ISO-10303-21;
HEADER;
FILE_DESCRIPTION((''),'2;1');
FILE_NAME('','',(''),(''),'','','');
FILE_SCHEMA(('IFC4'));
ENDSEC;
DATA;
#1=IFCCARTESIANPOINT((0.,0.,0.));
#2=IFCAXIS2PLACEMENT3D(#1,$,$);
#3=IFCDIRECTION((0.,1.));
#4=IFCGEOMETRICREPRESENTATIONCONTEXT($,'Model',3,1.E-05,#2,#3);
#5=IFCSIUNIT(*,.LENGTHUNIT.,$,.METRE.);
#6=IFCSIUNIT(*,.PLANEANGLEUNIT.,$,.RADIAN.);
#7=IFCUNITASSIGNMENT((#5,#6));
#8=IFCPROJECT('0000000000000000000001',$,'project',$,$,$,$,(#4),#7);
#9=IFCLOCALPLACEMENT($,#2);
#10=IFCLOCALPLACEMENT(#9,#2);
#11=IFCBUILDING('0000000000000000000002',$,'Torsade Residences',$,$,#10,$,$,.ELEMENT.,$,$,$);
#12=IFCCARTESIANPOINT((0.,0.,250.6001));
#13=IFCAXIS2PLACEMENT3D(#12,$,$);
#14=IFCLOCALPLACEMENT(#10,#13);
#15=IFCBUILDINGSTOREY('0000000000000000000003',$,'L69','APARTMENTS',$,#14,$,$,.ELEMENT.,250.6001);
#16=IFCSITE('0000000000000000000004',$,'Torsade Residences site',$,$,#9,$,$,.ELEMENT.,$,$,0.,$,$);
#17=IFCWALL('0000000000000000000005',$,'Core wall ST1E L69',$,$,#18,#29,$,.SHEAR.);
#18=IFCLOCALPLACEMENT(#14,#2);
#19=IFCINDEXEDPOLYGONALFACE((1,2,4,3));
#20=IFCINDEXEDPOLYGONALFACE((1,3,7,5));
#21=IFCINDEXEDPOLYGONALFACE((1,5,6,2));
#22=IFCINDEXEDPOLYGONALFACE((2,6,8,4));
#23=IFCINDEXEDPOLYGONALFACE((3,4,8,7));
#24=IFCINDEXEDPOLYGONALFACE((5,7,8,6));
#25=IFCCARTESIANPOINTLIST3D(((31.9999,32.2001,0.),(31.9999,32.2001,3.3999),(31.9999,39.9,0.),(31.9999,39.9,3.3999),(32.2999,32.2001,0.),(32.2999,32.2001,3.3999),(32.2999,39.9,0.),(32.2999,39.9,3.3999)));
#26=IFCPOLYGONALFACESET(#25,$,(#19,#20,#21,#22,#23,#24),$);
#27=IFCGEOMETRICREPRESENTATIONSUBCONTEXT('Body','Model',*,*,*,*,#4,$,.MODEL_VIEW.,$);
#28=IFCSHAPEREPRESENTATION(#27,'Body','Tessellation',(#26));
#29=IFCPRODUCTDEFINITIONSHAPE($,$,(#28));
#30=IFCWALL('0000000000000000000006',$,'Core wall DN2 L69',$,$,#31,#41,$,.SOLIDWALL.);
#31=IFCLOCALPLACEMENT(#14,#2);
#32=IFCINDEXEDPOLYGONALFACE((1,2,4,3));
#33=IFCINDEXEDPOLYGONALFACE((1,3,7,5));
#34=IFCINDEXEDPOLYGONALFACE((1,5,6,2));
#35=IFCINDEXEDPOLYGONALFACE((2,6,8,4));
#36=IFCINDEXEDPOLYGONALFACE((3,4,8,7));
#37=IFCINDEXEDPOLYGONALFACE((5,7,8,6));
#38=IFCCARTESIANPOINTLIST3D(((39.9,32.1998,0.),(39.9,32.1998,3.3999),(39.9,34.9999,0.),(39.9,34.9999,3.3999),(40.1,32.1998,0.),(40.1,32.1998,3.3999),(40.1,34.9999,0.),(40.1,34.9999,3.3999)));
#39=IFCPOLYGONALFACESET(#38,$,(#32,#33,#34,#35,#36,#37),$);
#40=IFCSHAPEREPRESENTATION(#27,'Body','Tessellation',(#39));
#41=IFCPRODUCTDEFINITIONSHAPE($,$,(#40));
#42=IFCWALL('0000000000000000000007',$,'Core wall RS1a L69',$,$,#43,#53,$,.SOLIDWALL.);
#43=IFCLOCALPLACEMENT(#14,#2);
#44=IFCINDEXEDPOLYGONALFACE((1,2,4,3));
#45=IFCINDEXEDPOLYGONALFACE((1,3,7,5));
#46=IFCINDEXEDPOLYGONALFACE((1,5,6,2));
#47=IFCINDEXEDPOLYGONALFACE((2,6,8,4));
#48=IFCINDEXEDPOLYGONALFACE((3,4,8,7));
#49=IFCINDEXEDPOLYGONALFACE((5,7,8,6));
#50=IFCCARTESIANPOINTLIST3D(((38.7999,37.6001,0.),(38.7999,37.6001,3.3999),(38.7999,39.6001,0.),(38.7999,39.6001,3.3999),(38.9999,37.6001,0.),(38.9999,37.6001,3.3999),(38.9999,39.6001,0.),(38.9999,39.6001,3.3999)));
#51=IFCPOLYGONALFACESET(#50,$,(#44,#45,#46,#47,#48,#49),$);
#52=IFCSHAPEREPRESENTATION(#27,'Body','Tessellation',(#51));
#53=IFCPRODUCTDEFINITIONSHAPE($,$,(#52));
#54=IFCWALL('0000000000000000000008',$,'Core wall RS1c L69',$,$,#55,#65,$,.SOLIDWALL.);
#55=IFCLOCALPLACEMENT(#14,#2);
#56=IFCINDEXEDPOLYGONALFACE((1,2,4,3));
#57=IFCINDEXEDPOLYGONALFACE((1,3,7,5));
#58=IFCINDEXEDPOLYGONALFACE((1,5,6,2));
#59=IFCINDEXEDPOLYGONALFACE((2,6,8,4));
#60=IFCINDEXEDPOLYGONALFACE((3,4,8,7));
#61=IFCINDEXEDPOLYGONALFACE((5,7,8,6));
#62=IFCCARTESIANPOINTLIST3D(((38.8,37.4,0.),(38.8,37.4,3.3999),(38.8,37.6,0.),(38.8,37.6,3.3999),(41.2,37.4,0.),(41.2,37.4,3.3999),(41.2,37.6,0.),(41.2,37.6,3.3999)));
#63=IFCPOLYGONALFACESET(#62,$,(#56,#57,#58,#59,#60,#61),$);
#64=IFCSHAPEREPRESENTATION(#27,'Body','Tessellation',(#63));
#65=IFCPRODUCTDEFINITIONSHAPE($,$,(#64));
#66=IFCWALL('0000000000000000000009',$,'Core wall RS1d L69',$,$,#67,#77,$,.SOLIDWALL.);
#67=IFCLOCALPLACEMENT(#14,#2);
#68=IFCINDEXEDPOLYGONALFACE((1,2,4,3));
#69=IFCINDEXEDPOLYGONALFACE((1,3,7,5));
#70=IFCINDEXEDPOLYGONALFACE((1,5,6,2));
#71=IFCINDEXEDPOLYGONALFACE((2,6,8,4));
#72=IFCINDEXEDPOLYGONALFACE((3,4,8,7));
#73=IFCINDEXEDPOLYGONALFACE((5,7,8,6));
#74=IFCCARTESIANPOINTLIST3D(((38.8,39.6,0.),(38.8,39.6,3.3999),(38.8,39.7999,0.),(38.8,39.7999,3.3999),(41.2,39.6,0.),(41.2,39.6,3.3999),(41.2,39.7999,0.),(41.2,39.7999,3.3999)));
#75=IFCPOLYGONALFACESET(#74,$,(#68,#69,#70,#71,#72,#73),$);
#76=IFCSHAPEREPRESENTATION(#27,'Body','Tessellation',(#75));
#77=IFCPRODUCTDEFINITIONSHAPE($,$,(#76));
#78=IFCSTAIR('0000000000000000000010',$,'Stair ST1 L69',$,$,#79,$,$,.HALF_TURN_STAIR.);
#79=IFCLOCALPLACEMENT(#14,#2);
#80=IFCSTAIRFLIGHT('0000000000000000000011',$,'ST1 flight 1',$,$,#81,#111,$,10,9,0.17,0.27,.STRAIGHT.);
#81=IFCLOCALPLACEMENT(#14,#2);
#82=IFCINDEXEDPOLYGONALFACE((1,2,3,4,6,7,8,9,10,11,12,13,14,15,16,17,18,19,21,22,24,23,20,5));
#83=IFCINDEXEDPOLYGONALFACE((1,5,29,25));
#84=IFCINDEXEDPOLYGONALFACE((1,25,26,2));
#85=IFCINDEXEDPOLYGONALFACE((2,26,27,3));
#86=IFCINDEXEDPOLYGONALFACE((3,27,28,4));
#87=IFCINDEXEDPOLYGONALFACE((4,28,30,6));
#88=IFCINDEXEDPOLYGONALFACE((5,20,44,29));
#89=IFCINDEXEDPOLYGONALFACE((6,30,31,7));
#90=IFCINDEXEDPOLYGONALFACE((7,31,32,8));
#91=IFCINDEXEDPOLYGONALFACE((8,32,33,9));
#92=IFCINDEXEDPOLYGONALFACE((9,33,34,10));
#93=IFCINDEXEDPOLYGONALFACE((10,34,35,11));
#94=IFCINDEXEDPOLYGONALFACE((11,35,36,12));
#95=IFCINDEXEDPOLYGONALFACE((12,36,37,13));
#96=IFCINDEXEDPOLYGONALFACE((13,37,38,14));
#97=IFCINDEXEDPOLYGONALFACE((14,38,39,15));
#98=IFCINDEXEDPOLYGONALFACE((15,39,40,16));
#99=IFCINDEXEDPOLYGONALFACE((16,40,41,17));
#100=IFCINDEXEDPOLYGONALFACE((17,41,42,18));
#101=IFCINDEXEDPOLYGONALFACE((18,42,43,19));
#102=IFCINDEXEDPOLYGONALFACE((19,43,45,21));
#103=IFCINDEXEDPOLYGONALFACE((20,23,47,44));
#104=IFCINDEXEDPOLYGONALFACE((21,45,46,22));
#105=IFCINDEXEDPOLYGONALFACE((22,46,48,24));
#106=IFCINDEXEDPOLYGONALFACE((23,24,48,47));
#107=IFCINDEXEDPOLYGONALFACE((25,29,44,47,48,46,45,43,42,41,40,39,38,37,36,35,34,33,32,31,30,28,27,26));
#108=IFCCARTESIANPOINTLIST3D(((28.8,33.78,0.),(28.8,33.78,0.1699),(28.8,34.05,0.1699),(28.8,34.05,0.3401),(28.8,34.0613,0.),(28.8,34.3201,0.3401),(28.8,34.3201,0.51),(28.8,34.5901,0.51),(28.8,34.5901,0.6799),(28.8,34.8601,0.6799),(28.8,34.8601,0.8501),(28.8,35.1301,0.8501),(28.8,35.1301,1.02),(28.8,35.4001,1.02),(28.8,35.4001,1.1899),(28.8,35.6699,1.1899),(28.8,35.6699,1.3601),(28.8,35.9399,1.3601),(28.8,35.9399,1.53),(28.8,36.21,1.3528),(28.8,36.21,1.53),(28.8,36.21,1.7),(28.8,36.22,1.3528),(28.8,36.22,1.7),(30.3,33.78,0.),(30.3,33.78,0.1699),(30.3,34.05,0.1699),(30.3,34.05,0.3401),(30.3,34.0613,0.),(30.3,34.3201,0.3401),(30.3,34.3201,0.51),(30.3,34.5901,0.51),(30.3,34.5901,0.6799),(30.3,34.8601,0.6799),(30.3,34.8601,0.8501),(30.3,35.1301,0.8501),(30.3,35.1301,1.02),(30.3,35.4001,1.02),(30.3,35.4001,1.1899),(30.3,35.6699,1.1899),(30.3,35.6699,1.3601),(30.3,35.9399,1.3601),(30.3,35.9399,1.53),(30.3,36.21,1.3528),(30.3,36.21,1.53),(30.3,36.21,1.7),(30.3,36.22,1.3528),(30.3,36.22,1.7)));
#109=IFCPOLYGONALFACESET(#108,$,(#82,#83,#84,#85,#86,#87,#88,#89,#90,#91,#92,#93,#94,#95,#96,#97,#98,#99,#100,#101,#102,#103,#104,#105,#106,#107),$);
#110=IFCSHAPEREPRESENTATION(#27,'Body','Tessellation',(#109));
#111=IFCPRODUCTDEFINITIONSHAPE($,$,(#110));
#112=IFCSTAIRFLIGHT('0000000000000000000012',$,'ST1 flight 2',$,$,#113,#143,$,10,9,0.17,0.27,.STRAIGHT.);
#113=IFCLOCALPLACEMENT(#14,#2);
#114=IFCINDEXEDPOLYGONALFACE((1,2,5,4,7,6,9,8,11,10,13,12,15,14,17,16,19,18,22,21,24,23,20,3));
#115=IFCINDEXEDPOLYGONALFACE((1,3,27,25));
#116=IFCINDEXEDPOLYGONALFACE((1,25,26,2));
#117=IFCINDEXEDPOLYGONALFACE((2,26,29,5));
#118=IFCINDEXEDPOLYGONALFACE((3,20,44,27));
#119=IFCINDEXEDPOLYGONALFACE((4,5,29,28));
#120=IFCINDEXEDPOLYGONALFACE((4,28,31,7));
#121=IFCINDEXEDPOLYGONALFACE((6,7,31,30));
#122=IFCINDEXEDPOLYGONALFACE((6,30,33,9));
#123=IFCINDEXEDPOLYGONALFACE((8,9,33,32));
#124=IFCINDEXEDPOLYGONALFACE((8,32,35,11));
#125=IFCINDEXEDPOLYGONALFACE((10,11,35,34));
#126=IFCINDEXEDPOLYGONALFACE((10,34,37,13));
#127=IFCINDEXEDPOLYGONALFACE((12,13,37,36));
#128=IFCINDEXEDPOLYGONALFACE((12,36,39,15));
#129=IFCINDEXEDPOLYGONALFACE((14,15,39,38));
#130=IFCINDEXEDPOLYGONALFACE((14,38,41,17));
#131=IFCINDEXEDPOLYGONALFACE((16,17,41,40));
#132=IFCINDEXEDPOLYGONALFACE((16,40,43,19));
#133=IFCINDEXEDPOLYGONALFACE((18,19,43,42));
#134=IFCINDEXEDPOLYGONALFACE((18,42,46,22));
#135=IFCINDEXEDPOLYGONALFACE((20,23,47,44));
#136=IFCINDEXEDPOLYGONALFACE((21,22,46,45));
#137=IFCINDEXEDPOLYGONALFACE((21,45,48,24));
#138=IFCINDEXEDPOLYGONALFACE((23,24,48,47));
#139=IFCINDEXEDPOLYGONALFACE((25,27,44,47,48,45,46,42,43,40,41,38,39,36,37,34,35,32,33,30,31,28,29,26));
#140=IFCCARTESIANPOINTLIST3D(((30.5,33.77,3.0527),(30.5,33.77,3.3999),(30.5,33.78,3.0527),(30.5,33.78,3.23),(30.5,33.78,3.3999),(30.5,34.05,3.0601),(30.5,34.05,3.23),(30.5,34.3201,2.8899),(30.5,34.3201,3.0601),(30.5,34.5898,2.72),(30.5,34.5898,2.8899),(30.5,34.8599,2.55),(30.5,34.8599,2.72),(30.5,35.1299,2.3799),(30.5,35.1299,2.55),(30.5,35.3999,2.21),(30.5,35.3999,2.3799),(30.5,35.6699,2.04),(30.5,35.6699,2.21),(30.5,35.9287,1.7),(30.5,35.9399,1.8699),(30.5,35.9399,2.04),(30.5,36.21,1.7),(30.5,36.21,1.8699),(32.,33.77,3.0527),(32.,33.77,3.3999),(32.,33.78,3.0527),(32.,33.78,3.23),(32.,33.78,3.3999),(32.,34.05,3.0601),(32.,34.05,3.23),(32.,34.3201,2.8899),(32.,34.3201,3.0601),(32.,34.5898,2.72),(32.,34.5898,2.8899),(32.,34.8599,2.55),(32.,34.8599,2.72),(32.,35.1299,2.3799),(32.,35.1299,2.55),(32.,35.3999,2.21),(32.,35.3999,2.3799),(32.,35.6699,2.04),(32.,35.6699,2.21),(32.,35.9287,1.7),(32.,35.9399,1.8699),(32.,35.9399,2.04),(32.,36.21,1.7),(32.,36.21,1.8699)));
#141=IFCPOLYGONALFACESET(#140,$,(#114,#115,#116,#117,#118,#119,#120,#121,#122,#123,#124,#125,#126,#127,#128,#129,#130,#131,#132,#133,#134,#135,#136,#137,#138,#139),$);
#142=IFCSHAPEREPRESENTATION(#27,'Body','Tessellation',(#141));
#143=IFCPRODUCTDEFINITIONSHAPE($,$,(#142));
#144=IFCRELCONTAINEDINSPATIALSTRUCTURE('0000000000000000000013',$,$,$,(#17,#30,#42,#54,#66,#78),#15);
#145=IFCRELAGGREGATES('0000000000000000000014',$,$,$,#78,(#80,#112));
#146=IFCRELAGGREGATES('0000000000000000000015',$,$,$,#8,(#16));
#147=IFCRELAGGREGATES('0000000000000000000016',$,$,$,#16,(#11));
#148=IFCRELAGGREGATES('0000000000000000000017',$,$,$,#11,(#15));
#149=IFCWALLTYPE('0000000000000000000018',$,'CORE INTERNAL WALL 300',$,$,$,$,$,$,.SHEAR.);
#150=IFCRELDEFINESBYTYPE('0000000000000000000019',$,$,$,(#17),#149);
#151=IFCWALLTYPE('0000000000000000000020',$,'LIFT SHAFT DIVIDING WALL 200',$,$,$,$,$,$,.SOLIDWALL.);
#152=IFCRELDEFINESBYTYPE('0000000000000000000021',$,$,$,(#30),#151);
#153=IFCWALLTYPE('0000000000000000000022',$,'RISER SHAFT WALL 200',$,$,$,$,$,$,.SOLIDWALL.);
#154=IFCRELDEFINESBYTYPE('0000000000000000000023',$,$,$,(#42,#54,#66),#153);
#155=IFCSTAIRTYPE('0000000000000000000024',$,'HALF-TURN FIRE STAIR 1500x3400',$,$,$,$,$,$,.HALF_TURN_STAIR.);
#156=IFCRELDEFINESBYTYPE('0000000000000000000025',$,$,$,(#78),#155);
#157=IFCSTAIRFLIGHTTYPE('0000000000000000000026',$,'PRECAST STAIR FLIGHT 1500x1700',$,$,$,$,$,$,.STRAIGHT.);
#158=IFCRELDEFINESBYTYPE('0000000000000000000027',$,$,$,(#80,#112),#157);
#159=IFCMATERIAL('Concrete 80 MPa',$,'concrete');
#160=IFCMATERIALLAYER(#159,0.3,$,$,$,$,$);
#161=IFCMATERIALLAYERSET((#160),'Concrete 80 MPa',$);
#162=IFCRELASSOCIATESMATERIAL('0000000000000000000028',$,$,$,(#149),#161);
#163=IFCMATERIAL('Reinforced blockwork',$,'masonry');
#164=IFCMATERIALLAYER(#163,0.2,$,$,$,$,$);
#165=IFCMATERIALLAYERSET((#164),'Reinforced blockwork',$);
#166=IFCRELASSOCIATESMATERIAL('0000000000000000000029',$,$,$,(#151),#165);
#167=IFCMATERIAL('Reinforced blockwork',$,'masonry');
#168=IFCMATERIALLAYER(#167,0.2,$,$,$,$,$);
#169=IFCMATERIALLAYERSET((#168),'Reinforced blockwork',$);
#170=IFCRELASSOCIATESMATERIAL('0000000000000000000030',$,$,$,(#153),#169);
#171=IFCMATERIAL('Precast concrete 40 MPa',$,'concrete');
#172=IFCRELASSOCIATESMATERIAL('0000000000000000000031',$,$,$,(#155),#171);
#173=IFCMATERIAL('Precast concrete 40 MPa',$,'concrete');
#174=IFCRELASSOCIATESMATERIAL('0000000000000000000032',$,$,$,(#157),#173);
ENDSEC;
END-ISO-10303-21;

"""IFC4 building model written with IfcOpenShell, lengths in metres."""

from ifc_helpers import new_model, si_unit, direction, frame, frame_2d, origin, place, context, subcontext, project, spatial, polyline, rectangle, outline, extrude, material, layer, layer_set, type_object, element, aggregate, save


model = new_model("IFC4")

# Units and contexts
model_context = context("Model", 3, precision=1e-05, world=origin(), true_north=direction((0.0, 1.0)))
body_context = subcontext(model_context, "Body", "Model", "MODEL_VIEW")
ifc_project = project(units=[si_unit("LENGTHUNIT", "METRE"), si_unit("PLANEANGLEUNIT", "RADIAN")], contexts=[model_context])

# Site, building, storey
site_placement = place(None, origin())
site = spatial("IfcSite", under=ifc_project, at=site_placement, Name="Torsade Residences site", CompositionType="ELEMENT", RefElevation=0.0)
building_placement = place(site_placement, origin())
building = spatial("IfcBuilding", under=site, at=building_placement, Name="Torsade Residences", CompositionType="ELEMENT")
storey_placement = place(building_placement, frame((0.0, 0.0, 250.6001)))
storey = spatial("IfcBuildingStorey", under=building, at=storey_placement, Name="L69", Description="APARTMENTS", CompositionType="ELEMENT", Elevation=250.6001)

# Shared definitions
ifc_material_1 = material(Name="Concrete 80 MPa", Category="concrete")
ifc_layer_1 = layer(ifc_material_1, 0.3)
ifc_layer_set_1 = layer_set([ifc_layer_1], Name="Concrete 80 MPa")
wall_type_1 = type_object("IfcWallType", Name="CORE INTERNAL WALL 300", PredefinedType="SHEAR", material=ifc_layer_set_1)

# Walls
wall_1_placement = place(storey_placement, frame((32.1499, 32.2, 0.0), z_axis=(0.0, 0.0, 1.0), x_axis=(0.0, 1.0, 0.0)))
element("IfcWall", 1, at=wall_1_placement, inside=storey, type_object=wall_type_1, Name="Core wall ST1E L69", PredefinedType="SHEAR", context=body_context, shape_type="SweptSolid", body=[
    extrude(rectangle(XDim=7.7, YDim=0.3, at=frame_2d((3.8501, 0.0))), origin(), (0.0, 0.0, 1.0), 3.3999),
])
ifc_material_2 = material(Name="Reinforced blockwork", Category="masonry")
ifc_layer_2 = layer(ifc_material_2, 0.2)
ifc_layer_set_2 = layer_set([ifc_layer_2], Name="Reinforced blockwork")
wall_type_2 = type_object("IfcWallType", Name="LIFT SHAFT DIVIDING WALL 200", PredefinedType="SOLIDWALL", material=ifc_layer_set_2)
wall_2_placement = place(storey_placement, frame((40.0, 32.2, 0.0), z_axis=(0.0, 0.0, 1.0), x_axis=(0.0, 1.0, 0.0)))
element("IfcWall", 2, at=wall_2_placement, inside=storey, type_object=wall_type_2, Name="Core wall DN2 L69", PredefinedType="SOLIDWALL", context=body_context, shape_type="SweptSolid", body=[
    extrude(rectangle(XDim=2.8, YDim=0.2, at=frame_2d((1.3999, 0.0))), origin(), (0.0, 0.0, 1.0), 3.3999),
])
ifc_material_3 = material(Name="Reinforced blockwork", Category="masonry")
ifc_layer_3 = layer(ifc_material_3, 0.2)
ifc_layer_set_3 = layer_set([ifc_layer_3], Name="Reinforced blockwork")
wall_type_3 = type_object("IfcWallType", Name="RISER SHAFT WALL 200", PredefinedType="SOLIDWALL", material=ifc_layer_set_3)
wall_3_placement = place(storey_placement, frame((38.8999, 37.6001, 0.0), z_axis=(0.0, 0.0, 1.0), x_axis=(0.0, 1.0, 0.0)))
element("IfcWall", 3, at=wall_3_placement, inside=storey, type_object=wall_type_3, Name="Core wall RS1a L69", PredefinedType="SOLIDWALL", context=body_context, shape_type="SweptSolid", body=[
    extrude(rectangle(XDim=2.0, YDim=0.2, at=frame_2d((1.0, 0.0))), origin(), (0.0, 0.0, 1.0), 3.3999),
])
for number, where, z_axis, x_axis, name in (
    (4, (38.8, 37.5, 0.0), (0.0, 0.0, 1.0), (1.0, 0.0, 0.0), "Core wall RS1c L69"),
    (5, (38.8, 39.7, 0.0), (0.0, 0.0, 1.0), (1.0, 0.0, 0.0), "Core wall RS1d L69"),
):
    element("IfcWall", number, at=place(storey_placement, frame(where, z_axis=z_axis, x_axis=x_axis)), inside=storey, type_object=wall_type_3, Name=name, PredefinedType="SOLIDWALL", context=body_context, shape_type="SweptSolid", body=[
        extrude(rectangle(XDim=2.3999, YDim=0.2, at=frame_2d((1.2, 0.0))), origin(), (0.0, 0.0, 1.0), 3.3999),
    ])

# Stair, stair flights
ifc_material_4 = material(Name="Precast concrete 40 MPa", Category="concrete")
stair_type = type_object("IfcStairType", Name="HALF-TURN FIRE STAIR 1500x3400", PredefinedType="HALF_TURN_STAIR", material=ifc_material_4)
stair_placement = place(storey_placement, origin())
stair = element("IfcStair", 6, at=stair_placement, inside=storey, type_object=stair_type, Name="Stair ST1 L69", PredefinedType="HALF_TURN_STAIR")
ifc_material_5 = material(Name="Precast concrete 40 MPa", Category="concrete")
stair_flight_type = type_object("IfcStairFlightType", Name="PRECAST STAIR FLIGHT 1500x1700", PredefinedType="STRAIGHT", material=ifc_material_5)
stair_flight_1_placement = place(storey_placement, frame((29.55, 33.78, 0.0), z_axis=(0.0, 0.0, 1.0), x_axis=(0.0, 1.0, 0.0)))
stair_flight_1 = element("IfcStairFlight", 7, at=stair_flight_1_placement, type_object=stair_flight_type, Name="ST1 flight 1", NumberOfRisers=10, NumberOfTreads=9, PredefinedType="STRAIGHT", RiserHeight=0.17, TreadLength=0.27, context=body_context, shape_type="SweptSolid", body=[
    extrude(outline(polyline([(0.0, 0.0), (0.0, 0.1699), (0.27, 0.1699), (0.27, 0.3401), (0.54, 0.3401), (0.54, 0.51), (0.8101, 0.51), (0.8101, 0.6799), (1.0801, 0.6799), (1.0801, 0.8501), (1.3501, 0.8501), (1.3501, 1.02), (1.6201, 1.02), (1.6201, 1.1899), (1.8899, 1.1899), (1.8899, 1.3601), (2.1599, 1.3601), (2.1599, 1.53), (2.4299, 1.53), (2.4299, 1.7), (2.4399, 1.7), (2.4399, 1.3528), (2.4299, 1.3528), (0.2812, 0.0), (0.0, 0.0)])), frame((0.0, 0.75, 0.0), z_axis=(0.0, -1.0, 0.0), x_axis=(1.0, 0.0, 0.0)), (0.0, 0.0, 1.0), 1.5),
])
stair_flight_2_placement = place(storey_placement, frame((31.25, 36.21, 1.7), z_axis=(0.0, 0.0, 1.0), x_axis=(0.0, -1.0, 0.0)))
stair_flight_2 = element("IfcStairFlight", 8, at=stair_flight_2_placement, type_object=stair_flight_type, Name="ST1 flight 2", NumberOfRisers=10, NumberOfTreads=9, PredefinedType="STRAIGHT", RiserHeight=0.17, TreadLength=0.27, context=body_context, shape_type="SweptSolid", body=[
    extrude(outline(polyline([(0.0, 0.0), (0.0, 0.1699), (0.27, 0.1699), (0.27, 0.3401), (0.54, 0.3401), (0.54, 0.51), (0.8101, 0.51), (0.8101, 0.6799), (1.0801, 0.6799), (1.0801, 0.8501), (1.3501, 0.8501), (1.3501, 1.02), (1.6201, 1.02), (1.6201, 1.1899), (1.8899, 1.1899), (1.8899, 1.3601), (2.1599, 1.3601), (2.1599, 1.53), (2.4299, 1.53), (2.4299, 1.7), (2.4399, 1.7), (2.4399, 1.3528), (2.4299, 1.3528), (0.2812, 0.0), (0.0, 0.0)])), frame((0.0, 0.75, 0.0), z_axis=(0.0, -1.0, 0.0), x_axis=(1.0, 0.0, 0.0)), (0.0, 0.0, 1.0), 1.5),
])
aggregate(stair, [stair_flight_1, stair_flight_2])

save(model, "model.ifc")
